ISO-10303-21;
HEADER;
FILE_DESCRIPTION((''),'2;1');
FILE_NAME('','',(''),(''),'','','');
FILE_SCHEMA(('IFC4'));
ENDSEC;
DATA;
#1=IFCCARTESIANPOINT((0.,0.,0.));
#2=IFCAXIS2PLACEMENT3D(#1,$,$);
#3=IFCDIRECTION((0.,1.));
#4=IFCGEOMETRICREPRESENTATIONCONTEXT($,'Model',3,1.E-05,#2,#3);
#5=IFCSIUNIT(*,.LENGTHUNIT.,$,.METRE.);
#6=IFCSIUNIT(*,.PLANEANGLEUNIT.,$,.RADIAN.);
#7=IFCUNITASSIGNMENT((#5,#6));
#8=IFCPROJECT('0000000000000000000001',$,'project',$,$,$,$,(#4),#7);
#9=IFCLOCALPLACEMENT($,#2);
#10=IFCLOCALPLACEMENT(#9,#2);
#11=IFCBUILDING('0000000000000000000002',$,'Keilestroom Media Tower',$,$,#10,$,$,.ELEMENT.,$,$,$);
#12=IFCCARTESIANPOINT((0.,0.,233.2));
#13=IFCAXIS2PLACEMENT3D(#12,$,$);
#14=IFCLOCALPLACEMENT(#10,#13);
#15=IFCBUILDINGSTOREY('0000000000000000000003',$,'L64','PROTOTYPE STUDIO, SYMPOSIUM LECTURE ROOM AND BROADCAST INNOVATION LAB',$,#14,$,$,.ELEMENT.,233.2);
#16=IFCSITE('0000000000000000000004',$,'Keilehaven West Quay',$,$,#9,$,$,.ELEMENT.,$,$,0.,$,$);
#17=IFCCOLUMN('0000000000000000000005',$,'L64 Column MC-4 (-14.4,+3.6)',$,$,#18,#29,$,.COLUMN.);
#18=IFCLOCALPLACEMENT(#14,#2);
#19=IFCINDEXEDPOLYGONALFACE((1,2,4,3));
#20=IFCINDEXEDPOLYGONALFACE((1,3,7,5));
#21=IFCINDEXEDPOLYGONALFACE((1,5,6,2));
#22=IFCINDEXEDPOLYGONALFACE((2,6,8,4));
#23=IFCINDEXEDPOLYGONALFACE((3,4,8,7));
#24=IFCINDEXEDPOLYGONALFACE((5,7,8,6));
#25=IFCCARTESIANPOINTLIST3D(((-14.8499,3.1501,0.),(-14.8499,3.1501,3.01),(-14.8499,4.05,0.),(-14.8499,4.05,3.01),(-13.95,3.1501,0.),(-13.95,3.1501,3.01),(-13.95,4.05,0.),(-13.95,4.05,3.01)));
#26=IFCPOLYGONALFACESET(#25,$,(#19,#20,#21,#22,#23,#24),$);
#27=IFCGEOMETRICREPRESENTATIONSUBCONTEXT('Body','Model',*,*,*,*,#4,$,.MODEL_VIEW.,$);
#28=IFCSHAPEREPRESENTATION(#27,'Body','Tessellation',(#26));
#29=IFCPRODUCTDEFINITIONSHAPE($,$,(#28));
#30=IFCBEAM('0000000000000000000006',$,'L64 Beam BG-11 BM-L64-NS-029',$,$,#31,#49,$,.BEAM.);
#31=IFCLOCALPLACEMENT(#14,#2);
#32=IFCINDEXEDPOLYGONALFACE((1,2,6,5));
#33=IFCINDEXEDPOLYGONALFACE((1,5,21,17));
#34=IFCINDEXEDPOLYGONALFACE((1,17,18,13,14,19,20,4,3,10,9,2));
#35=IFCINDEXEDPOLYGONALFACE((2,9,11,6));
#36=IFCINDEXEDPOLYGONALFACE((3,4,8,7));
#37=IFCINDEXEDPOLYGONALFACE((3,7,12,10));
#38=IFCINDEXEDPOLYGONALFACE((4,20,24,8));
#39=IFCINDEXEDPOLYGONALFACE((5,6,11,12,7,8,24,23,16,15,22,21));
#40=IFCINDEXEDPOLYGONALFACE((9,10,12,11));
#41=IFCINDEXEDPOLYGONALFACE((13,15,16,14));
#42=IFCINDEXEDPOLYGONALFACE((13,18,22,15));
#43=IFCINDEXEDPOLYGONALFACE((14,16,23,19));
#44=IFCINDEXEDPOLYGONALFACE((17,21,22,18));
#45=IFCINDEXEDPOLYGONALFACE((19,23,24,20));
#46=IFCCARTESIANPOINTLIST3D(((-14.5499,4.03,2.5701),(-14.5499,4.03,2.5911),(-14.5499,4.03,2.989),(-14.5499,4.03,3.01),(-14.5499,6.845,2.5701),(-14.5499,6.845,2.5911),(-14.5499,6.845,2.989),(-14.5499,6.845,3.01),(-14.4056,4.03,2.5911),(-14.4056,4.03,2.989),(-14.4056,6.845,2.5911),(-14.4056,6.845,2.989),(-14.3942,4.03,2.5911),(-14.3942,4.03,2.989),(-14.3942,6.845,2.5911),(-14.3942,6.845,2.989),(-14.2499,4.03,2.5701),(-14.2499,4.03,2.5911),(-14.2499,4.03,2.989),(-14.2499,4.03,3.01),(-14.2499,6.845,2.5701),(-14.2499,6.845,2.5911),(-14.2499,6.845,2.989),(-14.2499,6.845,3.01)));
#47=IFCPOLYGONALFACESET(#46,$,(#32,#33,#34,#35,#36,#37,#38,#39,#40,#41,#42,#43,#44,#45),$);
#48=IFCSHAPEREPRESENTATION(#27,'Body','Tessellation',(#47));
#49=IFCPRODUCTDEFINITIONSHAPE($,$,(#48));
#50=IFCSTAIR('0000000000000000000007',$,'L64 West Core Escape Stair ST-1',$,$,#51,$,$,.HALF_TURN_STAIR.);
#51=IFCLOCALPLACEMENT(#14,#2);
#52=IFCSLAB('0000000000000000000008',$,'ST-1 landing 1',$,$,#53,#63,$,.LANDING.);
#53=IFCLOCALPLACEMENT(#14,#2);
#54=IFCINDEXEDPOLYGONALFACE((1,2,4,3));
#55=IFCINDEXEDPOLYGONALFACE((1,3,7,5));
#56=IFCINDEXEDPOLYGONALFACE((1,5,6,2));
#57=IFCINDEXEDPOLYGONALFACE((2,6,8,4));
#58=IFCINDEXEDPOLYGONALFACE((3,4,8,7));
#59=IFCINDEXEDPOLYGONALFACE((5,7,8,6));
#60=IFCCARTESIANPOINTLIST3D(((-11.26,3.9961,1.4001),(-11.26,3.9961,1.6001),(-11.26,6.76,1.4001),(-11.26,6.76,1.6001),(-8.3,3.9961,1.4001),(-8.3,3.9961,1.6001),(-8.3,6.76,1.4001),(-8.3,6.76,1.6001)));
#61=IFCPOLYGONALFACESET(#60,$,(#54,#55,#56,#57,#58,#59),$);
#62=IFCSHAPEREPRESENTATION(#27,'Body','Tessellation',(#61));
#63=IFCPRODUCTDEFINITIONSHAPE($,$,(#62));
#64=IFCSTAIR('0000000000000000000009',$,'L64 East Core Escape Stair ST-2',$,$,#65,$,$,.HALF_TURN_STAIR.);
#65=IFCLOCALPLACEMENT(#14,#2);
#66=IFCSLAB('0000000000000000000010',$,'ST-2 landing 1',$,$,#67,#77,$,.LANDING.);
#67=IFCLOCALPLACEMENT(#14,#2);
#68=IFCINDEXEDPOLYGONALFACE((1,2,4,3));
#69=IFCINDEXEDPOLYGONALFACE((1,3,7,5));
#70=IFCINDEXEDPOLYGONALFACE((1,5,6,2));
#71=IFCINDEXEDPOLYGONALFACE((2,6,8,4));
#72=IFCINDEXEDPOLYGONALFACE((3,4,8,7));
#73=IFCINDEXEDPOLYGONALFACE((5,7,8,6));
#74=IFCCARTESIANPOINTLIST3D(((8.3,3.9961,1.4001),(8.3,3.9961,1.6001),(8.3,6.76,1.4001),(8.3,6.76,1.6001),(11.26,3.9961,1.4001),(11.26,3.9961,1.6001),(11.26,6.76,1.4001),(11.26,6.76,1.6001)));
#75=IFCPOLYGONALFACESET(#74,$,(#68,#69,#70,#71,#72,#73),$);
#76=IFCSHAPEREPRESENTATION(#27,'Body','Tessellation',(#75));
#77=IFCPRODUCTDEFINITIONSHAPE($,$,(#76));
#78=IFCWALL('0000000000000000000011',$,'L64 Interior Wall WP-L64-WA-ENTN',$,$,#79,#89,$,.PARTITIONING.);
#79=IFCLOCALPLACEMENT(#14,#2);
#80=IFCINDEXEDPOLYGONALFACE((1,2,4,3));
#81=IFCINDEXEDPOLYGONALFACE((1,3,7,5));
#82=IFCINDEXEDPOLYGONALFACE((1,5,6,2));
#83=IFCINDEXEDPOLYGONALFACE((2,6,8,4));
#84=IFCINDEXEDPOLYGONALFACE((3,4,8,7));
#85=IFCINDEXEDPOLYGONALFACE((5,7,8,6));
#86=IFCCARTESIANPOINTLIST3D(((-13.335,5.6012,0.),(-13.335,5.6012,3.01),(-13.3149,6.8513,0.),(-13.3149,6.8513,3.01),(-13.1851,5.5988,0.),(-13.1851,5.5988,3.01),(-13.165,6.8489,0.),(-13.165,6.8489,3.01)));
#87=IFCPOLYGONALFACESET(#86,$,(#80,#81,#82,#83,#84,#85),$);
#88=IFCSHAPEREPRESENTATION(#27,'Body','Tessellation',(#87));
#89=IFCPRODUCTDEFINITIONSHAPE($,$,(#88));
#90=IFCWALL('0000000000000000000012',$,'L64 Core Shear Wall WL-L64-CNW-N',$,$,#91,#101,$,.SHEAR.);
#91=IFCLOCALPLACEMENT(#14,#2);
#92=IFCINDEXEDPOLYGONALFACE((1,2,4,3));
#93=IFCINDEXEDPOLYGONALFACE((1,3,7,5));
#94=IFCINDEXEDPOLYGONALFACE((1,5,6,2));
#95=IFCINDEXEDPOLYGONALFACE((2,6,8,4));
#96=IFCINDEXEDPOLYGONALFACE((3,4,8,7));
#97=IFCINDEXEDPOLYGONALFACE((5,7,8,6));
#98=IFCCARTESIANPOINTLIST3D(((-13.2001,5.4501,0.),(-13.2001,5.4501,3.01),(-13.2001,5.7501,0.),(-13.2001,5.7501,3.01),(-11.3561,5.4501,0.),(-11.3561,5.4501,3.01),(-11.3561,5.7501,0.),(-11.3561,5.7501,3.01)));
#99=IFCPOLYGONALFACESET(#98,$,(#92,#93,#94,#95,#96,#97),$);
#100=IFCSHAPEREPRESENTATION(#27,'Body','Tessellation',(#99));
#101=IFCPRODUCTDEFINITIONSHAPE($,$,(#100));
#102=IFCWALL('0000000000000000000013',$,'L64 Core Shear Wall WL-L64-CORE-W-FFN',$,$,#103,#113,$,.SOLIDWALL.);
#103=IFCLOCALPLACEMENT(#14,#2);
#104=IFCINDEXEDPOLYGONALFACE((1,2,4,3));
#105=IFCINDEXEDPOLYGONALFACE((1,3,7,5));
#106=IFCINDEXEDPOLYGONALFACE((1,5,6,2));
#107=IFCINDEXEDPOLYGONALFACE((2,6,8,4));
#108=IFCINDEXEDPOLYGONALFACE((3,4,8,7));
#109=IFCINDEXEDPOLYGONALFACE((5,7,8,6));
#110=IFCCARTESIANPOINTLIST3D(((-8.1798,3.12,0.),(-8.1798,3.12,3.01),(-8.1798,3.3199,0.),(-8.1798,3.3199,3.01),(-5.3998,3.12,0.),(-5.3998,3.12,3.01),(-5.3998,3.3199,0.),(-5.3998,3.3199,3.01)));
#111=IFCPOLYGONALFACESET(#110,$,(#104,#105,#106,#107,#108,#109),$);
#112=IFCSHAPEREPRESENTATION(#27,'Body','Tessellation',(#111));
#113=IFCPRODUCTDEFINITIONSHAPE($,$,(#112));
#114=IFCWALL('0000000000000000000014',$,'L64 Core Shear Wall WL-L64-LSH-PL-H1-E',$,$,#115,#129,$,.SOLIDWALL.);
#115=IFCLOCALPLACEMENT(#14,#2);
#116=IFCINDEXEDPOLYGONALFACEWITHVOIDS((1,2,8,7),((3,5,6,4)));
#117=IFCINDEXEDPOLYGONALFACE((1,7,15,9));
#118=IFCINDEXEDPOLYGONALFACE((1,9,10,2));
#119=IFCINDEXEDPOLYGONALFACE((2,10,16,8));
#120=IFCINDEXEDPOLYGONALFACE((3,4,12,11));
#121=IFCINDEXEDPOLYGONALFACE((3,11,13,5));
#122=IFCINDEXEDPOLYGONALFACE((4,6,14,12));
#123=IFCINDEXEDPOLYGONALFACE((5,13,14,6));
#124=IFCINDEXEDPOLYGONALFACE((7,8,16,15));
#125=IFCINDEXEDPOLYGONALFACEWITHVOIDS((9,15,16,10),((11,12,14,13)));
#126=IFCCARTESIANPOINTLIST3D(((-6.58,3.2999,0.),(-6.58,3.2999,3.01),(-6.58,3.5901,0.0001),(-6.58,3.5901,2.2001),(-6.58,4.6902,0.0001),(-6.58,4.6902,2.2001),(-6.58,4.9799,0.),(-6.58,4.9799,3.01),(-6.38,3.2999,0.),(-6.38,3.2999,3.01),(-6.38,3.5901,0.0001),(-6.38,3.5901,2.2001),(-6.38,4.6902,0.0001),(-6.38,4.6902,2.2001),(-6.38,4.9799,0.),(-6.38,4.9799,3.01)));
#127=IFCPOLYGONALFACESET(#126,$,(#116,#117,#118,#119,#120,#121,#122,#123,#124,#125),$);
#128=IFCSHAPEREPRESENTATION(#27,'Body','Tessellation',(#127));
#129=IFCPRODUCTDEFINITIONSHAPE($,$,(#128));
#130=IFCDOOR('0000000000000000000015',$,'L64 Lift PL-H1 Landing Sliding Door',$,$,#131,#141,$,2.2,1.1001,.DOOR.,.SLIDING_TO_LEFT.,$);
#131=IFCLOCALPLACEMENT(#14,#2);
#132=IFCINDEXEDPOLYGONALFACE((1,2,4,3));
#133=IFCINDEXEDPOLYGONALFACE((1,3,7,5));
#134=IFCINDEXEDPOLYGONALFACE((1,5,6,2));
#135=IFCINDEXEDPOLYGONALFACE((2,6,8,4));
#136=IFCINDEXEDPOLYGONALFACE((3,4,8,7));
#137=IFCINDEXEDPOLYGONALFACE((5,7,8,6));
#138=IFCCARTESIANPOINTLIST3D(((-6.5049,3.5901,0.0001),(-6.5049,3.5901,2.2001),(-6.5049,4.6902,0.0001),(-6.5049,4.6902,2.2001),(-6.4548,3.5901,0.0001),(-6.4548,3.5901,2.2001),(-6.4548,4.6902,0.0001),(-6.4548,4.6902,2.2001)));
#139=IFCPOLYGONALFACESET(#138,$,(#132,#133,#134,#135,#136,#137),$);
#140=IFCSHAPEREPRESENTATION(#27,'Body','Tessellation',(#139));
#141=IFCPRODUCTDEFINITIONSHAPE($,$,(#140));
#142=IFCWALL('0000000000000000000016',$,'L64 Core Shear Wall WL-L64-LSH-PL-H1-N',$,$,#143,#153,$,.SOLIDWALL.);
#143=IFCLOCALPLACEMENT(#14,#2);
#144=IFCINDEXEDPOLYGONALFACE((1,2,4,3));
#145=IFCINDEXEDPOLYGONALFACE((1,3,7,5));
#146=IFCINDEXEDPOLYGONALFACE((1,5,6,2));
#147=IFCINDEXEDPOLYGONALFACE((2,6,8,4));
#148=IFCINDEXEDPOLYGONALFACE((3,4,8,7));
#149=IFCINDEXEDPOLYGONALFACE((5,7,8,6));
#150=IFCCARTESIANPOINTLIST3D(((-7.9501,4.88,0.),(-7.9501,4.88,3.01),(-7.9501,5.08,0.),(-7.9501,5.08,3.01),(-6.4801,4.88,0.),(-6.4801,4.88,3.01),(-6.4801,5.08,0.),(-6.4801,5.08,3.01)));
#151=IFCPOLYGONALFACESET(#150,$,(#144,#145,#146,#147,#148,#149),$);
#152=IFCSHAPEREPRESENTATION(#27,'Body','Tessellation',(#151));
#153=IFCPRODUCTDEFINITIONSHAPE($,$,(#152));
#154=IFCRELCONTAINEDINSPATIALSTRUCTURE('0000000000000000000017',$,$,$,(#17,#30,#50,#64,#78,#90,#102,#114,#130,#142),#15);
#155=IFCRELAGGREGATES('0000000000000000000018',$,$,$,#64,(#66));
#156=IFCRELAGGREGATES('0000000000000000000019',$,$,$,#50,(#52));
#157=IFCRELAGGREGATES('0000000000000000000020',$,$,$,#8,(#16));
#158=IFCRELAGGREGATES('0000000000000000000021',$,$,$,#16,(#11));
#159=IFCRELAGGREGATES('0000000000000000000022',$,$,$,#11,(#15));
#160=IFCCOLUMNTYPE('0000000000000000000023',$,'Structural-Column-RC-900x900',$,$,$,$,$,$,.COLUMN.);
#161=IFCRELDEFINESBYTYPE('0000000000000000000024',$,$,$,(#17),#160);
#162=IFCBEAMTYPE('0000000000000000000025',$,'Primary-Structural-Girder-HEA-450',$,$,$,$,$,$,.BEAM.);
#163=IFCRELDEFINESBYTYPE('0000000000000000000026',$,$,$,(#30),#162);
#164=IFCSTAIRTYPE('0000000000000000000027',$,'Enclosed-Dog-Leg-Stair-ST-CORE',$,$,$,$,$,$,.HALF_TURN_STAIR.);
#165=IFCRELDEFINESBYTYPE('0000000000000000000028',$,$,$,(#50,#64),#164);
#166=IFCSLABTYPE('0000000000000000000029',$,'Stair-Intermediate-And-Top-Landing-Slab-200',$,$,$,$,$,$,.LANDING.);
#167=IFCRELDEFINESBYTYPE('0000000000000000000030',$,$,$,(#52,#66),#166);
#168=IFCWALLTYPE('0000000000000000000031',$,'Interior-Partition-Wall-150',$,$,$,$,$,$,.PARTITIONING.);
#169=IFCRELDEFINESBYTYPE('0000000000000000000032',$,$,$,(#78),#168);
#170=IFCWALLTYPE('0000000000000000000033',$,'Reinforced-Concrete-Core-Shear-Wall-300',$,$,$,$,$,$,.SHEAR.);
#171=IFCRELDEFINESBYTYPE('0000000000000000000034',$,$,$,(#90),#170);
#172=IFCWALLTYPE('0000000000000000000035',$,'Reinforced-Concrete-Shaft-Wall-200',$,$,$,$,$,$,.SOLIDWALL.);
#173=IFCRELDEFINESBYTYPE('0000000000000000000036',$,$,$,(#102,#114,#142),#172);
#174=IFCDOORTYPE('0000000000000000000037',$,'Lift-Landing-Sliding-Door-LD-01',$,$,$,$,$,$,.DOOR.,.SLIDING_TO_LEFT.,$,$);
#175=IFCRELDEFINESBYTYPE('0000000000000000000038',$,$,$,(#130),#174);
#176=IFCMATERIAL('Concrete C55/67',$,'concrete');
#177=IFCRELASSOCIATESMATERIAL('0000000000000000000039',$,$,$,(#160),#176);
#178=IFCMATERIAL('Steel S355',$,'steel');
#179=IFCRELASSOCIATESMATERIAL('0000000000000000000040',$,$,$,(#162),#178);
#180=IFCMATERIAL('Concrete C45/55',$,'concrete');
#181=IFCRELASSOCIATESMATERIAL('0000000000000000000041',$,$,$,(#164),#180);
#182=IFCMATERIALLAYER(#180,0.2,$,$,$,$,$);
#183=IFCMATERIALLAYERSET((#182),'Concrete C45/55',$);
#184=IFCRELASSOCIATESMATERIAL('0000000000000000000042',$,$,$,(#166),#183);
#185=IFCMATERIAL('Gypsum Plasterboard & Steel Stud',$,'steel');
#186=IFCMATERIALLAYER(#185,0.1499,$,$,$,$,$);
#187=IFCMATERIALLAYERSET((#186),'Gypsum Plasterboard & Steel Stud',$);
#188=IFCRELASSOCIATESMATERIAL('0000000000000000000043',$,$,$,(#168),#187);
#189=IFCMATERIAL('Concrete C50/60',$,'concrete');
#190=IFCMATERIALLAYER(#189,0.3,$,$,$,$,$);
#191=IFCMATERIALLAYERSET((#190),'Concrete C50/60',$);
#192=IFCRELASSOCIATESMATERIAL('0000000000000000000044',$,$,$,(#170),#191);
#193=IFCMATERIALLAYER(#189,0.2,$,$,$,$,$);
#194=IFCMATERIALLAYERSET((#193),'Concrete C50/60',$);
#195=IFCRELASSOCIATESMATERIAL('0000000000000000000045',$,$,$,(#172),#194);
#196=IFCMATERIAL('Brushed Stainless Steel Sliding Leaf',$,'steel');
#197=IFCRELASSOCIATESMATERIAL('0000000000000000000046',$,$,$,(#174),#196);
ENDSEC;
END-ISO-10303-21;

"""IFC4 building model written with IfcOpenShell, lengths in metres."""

from ifc_helpers import new_model, si_unit, direction, frame, frame_2d, origin, origin_2d, place, context, subcontext, project, spatial, polyline, rectangle, i_section, outline, extrude, source, transform, mapped, material, layer, layer_set, material_profile, profile_set, type_object, element, fill, aggregate, save


model = new_model("IFC4")

# Units and contexts
model_context = context("Model", 3, precision=1e-05, world=origin(), true_north=direction((0.0, 1.0)))
body_context = subcontext(model_context, "Body", "Model", "MODEL_VIEW")
ifc_project = project(units=[si_unit("LENGTHUNIT", "METRE"), si_unit("PLANEANGLEUNIT", "RADIAN")], contexts=[model_context])

# Site, building, storey
site_placement = place(None, origin())
site = spatial("IfcSite", under=ifc_project, at=site_placement, Name="Keilehaven West Quay", CompositionType="ELEMENT", RefElevation=0.0)
building_placement = place(site_placement, origin())
building = spatial("IfcBuilding", under=site, at=building_placement, Name="Keilestroom Media Tower", CompositionType="ELEMENT")
storey_placement = place(building_placement, frame((0.0, 0.0, 233.2)))
storey = spatial("IfcBuildingStorey", under=building, at=storey_placement, Name="L64", Description="PROTOTYPE STUDIO, SYMPOSIUM LECTURE ROOM AND BROADCAST INNOVATION LAB", CompositionType="ELEMENT", Elevation=233.2)

# Column
ifc_material_1 = material(Name="Concrete C55/67", Category="concrete")
ifc_material_profile_1 = material_profile(ifc_material_1, rectangle(XDim=0.8999, YDim=0.8999, at=origin_2d()), Name="RC 900x900")
ifc_profile_set_1 = profile_set([ifc_material_profile_1], Name="Concrete C55/67")
column_type = type_object("IfcColumnType", Name="Structural-Column-RC-900x900", PredefinedType="COLUMN", material=ifc_profile_set_1)
shared_shape_1 = source(origin(), body_context, "Body", "SweptSolid", [
    extrude(rectangle(XDim=0.8999, YDim=0.8999, at=origin_2d()), origin(), (0.0, 0.0, 1.0), 3.01),
])
column_placement = place(storey_placement, frame((-14.3999, 3.6001, 0.0), z_axis=(0.0, 0.0, 1.0), x_axis=(1.0, 0.0, 0.0)))
element("IfcColumn", 1, at=column_placement, inside=storey, type_object=column_type, Name="L64 Column MC-4 (-14.4,+3.6)", PredefinedType="COLUMN", context=body_context, shape_type="MappedRepresentation", body=[
    mapped(shared_shape_1, transform((0.0, 0.0, 0.0), x_axis=(1.0, 0.0, 0.0), y_axis=(0.0, 1.0, 0.0), z_axis=(0.0, 0.0, 1.0), scale=1.0)),
])

# Beam
ifc_material_2 = material(Name="Steel S355", Category="steel")
ifc_material_profile_2 = material_profile(ifc_material_2, i_section(OverallWidth=0.3, OverallDepth=0.4399, WebThickness=0.0115, FlangeThickness=0.021, at=origin_2d()), Name="HEA 450")
ifc_profile_set_2 = profile_set([ifc_material_profile_2], Name="Steel S355")
beam_type = type_object("IfcBeamType", Name="Primary-Structural-Girder-HEA-450", PredefinedType="BEAM", material=ifc_profile_set_2)
shared_shape_2 = source(origin(), body_context, "Body", "SweptSolid", [
    extrude(i_section(OverallWidth=0.3, OverallDepth=0.4399, WebThickness=0.0115, FlangeThickness=0.021, at=origin_2d()), origin(), (0.0, 0.0, 1.0), 2.8149),
])
beam_placement = place(storey_placement, frame((-14.3999, 4.03, 2.79), z_axis=(0.0, 1.0, 0.0), x_axis=(-1.0, 0.0, 0.0)))
element("IfcBeam", 2, at=beam_placement, inside=storey, type_object=beam_type, Name="L64 Beam BG-11 BM-L64-NS-029", PredefinedType="BEAM", context=body_context, shape_type="MappedRepresentation", body=[
    mapped(shared_shape_2, transform((0.0, 0.0, 0.0), x_axis=(1.0, 0.0, 0.0), y_axis=(0.0, 1.0, 0.0), z_axis=(0.0, 0.0, 1.0), scale=1.0)),
])

# Stairs, slabs
ifc_material_3 = material(Name="Concrete C45/55", Category="concrete")
stair_type = type_object("IfcStairType", Name="Enclosed-Dog-Leg-Stair-ST-CORE", PredefinedType="HALF_TURN_STAIR", material=ifc_material_3)
stair_1_placement = place(storey_placement, origin())
stair_1 = element("IfcStair", 3, at=stair_1_placement, inside=storey, type_object=stair_type, Name="L64 West Core Escape Stair ST-1", PredefinedType="HALF_TURN_STAIR")
ifc_layer_1 = layer(ifc_material_3, 0.2)
ifc_layer_set_1 = layer_set([ifc_layer_1], Name="Concrete C45/55")
slab_type = type_object("IfcSlabType", Name="Stair-Intermediate-And-Top-Landing-Slab-200", PredefinedType="LANDING", material=ifc_layer_set_1)
slab_1_placement = place(storey_placement, frame((0.0, 0.0, 1.4001)))
slab_1 = element("IfcSlab", 4, at=slab_1_placement, type_object=slab_type, Name="ST-1 landing 1", PredefinedType="LANDING", context=body_context, shape_type="SweptSolid", body=[
    extrude(outline(polyline([(-8.3, 3.9961), (-8.3, 6.76), (-11.26, 6.76), (-11.26, 3.9961), (-8.3, 3.9961)])), origin(), (0.0, 0.0, 1.0), 0.2),
])
stair_2_placement = place(storey_placement, origin())
stair_2 = element("IfcStair", 5, at=stair_2_placement, inside=storey, type_object=stair_type, Name="L64 East Core Escape Stair ST-2", PredefinedType="HALF_TURN_STAIR")
slab_2_placement = place(storey_placement, frame((0.0, 0.0, 1.4001)))
slab_2 = element("IfcSlab", 6, at=slab_2_placement, type_object=slab_type, Name="ST-2 landing 1", PredefinedType="LANDING", context=body_context, shape_type="SweptSolid", body=[
    extrude(outline(polyline([(11.26, 3.9961), (11.26, 6.76), (8.3, 6.76), (8.3, 3.9961), (11.26, 3.9961)])), origin(), (0.0, 0.0, 1.0), 0.2),
])
aggregate(stair_2, [slab_2])

# Walls
ifc_material_4 = material(Name="Gypsum Plasterboard & Steel Stud", Category="steel")
ifc_layer_2 = layer(ifc_material_4, 0.1499)
ifc_layer_set_2 = layer_set([ifc_layer_2], Name="Gypsum Plasterboard & Steel Stud")
wall_type_1 = type_object("IfcWallType", Name="Interior-Partition-Wall-150", PredefinedType="PARTITIONING", material=ifc_layer_set_2)
wall_1_placement = place(storey_placement, frame((-13.26, 5.6001, 0.0), z_axis=(0.0, 0.0, 1.0), x_axis=(0.016014, 0.999872, 0.0)))
element("IfcWall", 7, at=wall_1_placement, inside=storey, type_object=wall_type_1, Name="L64 Interior Wall WP-L64-WA-ENTN", PredefinedType="PARTITIONING", context=body_context, shape_type="SweptSolid", body=[
    extrude(rectangle(XDim=1.2502, YDim=0.1499, at=frame_2d((0.625, 0.0))), origin(), (0.0, 0.0, 1.0), 3.01),
])
ifc_material_5 = material(Name="Concrete C50/60", Category="concrete")
ifc_layer_3 = layer(ifc_material_5, 0.3)
ifc_layer_set_3 = layer_set([ifc_layer_3], Name="Concrete C50/60")
wall_type_2 = type_object("IfcWallType", Name="Reinforced-Concrete-Core-Shear-Wall-300", PredefinedType="SHEAR", material=ifc_layer_set_3)
wall_2_placement = place(storey_placement, frame((-13.2, 5.6001, 0.0), z_axis=(0.0, 0.0, 1.0), x_axis=(1.0, 0.0, 0.0)))
element("IfcWall", 8, at=wall_2_placement, inside=storey, type_object=wall_type_2, Name="L64 Core Shear Wall WL-L64-CNW-N", PredefinedType="SHEAR", context=body_context, shape_type="SweptSolid", body=[
    extrude(rectangle(XDim=1.844, YDim=0.3, at=frame_2d((0.9219, 0.0))), origin(), (0.0, 0.0, 1.0), 3.01),
])
ifc_layer_4 = layer(ifc_material_5, 0.2)
ifc_layer_set_4 = layer_set([ifc_layer_4], Name="Concrete C50/60")
wall_type_3 = type_object("IfcWallType", Name="Reinforced-Concrete-Shaft-Wall-200", PredefinedType="SOLIDWALL", material=ifc_layer_set_4)
wall_3_placement = place(storey_placement, frame((-8.1799, 3.22, 0.0), z_axis=(0.0, 0.0, 1.0), x_axis=(1.0, 0.0, 0.0)))
element("IfcWall", 9, at=wall_3_placement, inside=storey, type_object=wall_type_3, Name="L64 Core Shear Wall WL-L64-CORE-W-FFN", PredefinedType="SOLIDWALL", context=body_context, shape_type="SweptSolid", body=[
    extrude(rectangle(XDim=2.78, YDim=0.2, at=frame_2d((1.3901, 0.0))), origin(), (0.0, 0.0, 1.0), 3.01),
])

# Wall, opening, door
wall_4_placement = place(storey_placement, frame((-6.48, 3.3, 0.0), z_axis=(0.0, 0.0, 1.0), x_axis=(0.0, 1.0, 0.0)))
wall_4 = element("IfcWall", 10, at=wall_4_placement, inside=storey, type_object=wall_type_3, Name="L64 Core Shear Wall WL-L64-LSH-PL-H1-E", PredefinedType="SOLIDWALL", context=body_context, shape_type="SweptSolid", body=[
    extrude(rectangle(XDim=1.6799, YDim=0.2, at=frame_2d((0.8398, 0.0))), origin(), (0.0, 0.0, 1.0), 3.01),
])
opening_1_placement = place(wall_4_placement, frame((0.29, 0.0, 0.0)))
opening_1 = element("IfcOpeningElement", 11, at=opening_1_placement, cuts=wall_4, PredefinedType="OPENING", context=body_context, shape_type="SweptSolid", body=[
    extrude(rectangle(XDim=1.1001, YDim=2.2, at=frame_2d((0.55, 1.1001))), frame((0.0, 0.1099, 0.0), z_axis=(0.0, -1.0, 0.0), x_axis=(1.0, 0.0, 0.0)), (0.0, 0.0, 1.0), 0.22),
])
ifc_material_6 = material(Name="Brushed Stainless Steel Sliding Leaf", Category="steel")
door_type = type_object("IfcDoorType", Name="Lift-Landing-Sliding-Door-LD-01", OperationType="SLIDING_TO_LEFT", PredefinedType="DOOR", material=ifc_material_6)
shared_shape_3 = source(origin(), body_context, "Body", "SweptSolid", [
    extrude(rectangle(XDim=1.1001, YDim=2.2, at=frame_2d((0.55, 1.1001))), frame((0.0, 0.0249, 0.0), z_axis=(0.0, -1.0, 0.0), x_axis=(1.0, 0.0, 0.0)), (0.0, 0.0, 1.0), 0.05),
])
door_1_placement = place(opening_1_placement, origin())
door_1 = element("IfcDoor", 12, at=door_1_placement, inside=storey, type_object=door_type, Name="L64 Lift PL-H1 Landing Sliding Door", OperationType="SLIDING_TO_LEFT", OverallHeight=2.2, OverallWidth=1.1001, PredefinedType="DOOR", context=body_context, shape_type="MappedRepresentation", body=[
    mapped(shared_shape_3, transform((0.0, 0.0, 0.0), x_axis=(1.0, 0.0, 0.0), y_axis=(0.0, 1.0, 0.0), z_axis=(0.0, 0.0, 1.0), scale=1.0)),
])
fill(opening_1, door_1)

# Wall
wall_5_placement = place(storey_placement, frame((-7.95, 4.98, 0.0), z_axis=(0.0, 0.0, 1.0), x_axis=(1.0, 0.0, 0.0)))
element("IfcWall", 13, at=wall_5_placement, inside=storey, type_object=wall_type_3, Name="L64 Core Shear Wall WL-L64-LSH-PL-H1-N", PredefinedType="SOLIDWALL", context=body_context, shape_type="SweptSolid", body=[
    extrude(rectangle(XDim=1.47, YDim=0.2, at=frame_2d((0.7349, 0.0))), origin(), (0.0, 0.0, 1.0), 3.01),
])

aggregate(stair_1, [slab_1])

save(model, "model.ifc")
